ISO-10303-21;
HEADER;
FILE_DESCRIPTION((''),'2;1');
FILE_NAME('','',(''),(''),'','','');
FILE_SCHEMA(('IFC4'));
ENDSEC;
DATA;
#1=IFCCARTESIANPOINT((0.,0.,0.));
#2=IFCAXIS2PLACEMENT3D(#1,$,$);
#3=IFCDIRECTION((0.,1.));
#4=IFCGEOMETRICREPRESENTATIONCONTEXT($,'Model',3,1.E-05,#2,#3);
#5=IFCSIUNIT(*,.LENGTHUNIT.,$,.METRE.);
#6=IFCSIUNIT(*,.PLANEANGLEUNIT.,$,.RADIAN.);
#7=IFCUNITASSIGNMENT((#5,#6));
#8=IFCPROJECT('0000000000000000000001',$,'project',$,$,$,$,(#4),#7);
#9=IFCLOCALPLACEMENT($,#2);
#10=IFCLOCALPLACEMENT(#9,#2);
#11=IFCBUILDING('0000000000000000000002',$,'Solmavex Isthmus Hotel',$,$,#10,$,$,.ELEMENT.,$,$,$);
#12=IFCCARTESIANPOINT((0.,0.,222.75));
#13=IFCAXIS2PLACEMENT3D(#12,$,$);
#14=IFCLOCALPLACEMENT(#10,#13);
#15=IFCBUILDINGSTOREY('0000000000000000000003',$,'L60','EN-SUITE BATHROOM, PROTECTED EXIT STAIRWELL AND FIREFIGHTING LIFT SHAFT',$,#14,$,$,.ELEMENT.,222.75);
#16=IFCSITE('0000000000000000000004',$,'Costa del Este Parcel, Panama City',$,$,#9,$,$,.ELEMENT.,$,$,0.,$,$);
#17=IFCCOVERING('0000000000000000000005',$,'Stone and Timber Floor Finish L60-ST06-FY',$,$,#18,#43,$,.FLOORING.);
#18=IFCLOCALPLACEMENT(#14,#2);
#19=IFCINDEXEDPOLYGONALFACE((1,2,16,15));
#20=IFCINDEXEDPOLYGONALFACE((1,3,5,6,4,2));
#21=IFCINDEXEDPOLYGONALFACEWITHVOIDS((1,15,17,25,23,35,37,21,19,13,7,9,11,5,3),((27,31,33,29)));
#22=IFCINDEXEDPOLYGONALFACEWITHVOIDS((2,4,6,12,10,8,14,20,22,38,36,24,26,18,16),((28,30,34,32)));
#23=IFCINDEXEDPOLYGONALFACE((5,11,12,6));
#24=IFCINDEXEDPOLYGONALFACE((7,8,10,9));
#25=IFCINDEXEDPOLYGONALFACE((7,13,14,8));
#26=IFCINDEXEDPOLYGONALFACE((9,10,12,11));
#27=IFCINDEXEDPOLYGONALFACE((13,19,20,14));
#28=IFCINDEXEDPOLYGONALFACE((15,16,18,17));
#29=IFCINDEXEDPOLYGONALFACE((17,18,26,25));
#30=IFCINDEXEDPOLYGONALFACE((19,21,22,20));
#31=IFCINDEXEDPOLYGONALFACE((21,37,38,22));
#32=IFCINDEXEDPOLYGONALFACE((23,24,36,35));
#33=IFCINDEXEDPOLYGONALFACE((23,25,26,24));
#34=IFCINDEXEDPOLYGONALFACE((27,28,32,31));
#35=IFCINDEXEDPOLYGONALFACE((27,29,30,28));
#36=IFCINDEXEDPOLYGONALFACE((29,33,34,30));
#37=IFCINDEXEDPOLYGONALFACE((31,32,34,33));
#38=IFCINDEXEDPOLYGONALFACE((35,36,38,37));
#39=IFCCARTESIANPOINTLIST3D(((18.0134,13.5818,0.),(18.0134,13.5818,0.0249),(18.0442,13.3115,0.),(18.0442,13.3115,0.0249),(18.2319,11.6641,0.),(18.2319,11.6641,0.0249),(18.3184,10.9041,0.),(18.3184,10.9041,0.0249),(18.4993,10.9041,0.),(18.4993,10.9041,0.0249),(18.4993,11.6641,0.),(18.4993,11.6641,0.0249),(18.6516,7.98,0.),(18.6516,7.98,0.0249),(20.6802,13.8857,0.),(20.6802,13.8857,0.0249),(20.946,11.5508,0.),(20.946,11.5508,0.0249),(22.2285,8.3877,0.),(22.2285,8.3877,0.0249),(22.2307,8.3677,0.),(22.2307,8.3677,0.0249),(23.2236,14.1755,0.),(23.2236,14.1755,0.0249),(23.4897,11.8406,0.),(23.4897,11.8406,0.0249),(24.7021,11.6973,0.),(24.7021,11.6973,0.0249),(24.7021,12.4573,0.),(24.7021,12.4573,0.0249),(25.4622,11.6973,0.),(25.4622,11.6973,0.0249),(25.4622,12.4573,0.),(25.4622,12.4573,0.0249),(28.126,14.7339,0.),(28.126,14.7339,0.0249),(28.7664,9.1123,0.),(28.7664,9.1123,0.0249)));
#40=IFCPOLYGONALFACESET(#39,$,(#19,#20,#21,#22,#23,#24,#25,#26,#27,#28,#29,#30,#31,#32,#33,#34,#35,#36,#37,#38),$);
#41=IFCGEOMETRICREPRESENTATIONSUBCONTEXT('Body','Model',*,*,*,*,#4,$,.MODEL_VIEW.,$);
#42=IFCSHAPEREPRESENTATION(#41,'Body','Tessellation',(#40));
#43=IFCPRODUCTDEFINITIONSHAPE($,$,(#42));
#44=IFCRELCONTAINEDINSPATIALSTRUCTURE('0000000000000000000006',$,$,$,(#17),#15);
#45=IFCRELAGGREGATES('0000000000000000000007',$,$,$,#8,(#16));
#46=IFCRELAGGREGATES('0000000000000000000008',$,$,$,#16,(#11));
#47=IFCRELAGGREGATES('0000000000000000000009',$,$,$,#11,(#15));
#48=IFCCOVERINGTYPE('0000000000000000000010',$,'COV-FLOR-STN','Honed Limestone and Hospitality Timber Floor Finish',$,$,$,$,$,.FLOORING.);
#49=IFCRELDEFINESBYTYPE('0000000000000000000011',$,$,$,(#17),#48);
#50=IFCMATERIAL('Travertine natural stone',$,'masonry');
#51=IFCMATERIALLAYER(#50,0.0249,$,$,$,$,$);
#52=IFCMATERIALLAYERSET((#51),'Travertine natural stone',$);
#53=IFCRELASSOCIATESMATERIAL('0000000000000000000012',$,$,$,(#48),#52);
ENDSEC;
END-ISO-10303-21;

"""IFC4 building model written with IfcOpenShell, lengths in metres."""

from ifc_helpers import new_model, si_unit, direction, frame, origin, place, context, subcontext, project, spatial, polyline, outline, extrude, material, layer, layer_set, type_object, element, save


model = new_model("IFC4")

# Units and contexts
model_context = context("Model", 3, precision=1e-05, world=origin(), true_north=direction((0.0, 1.0)))
body_context = subcontext(model_context, "Body", "Model", "MODEL_VIEW")
ifc_project = project(units=[si_unit("LENGTHUNIT", "METRE"), si_unit("PLANEANGLEUNIT", "RADIAN")], contexts=[model_context])

# Site, building, storey
site_placement = place(None, origin())
site = spatial("IfcSite", under=ifc_project, at=site_placement, Name="Costa del Este Parcel, Panama City", CompositionType="ELEMENT", RefElevation=0.0)
building_placement = place(site_placement, origin())
building = spatial("IfcBuilding", under=site, at=building_placement, Name="Solmavex Isthmus Hotel", CompositionType="ELEMENT")
storey_placement = place(building_placement, frame((0.0, 0.0, 222.75)))
storey = spatial("IfcBuildingStorey", under=building, at=storey_placement, Name="L60", Description="EN-SUITE BATHROOM, PROTECTED EXIT STAIRWELL AND FIREFIGHTING LIFT SHAFT", CompositionType="ELEMENT", Elevation=222.75)

# Covering
ifc_material_1 = material(Name="Travertine natural stone", Category="masonry")
ifc_layer_1 = layer(ifc_material_1, 0.0249)
ifc_layer_set_1 = layer_set([ifc_layer_1], Name="Travertine natural stone")
covering_type_1 = type_object("IfcCoveringType", Name="COV-FLOR-STN", Description="Honed Limestone and Hospitality Timber Floor Finish", PredefinedType="FLOORING", material=ifc_layer_set_1)
covering_1_placement = place(storey_placement, origin())
element("IfcCovering", 1, at=covering_1_placement, inside=storey, type_object=covering_type_1, Name="Stone and Timber Floor Finish L60-ST06-FY", PredefinedType="FLOORING", context=body_context, shape_type="SweptSolid", body=[
    extrude(outline(polyline([(20.6802, 13.8857), (18.0134, 13.5818), (18.0442, 13.3115), (18.2319, 11.6641), (18.4993, 11.6641), (18.4993, 10.9041), (18.3184, 10.9041), (18.6516, 7.98), (22.2285, 8.3877), (22.2307, 8.3677), (28.7664, 9.1123), (28.126, 14.7339), (23.2236, 14.1755), (23.4897, 11.8406), (20.946, 11.5508), (20.6802, 13.8857)]), holes=[polyline([(24.7021, 11.6973), (24.7021, 12.4573), (25.4622, 12.4573), (25.4622, 11.6973), (24.7021, 11.6973)])]), origin(), (0.0, 0.0, 1.0), 0.0249),
])

save(model, "model.ifc")
